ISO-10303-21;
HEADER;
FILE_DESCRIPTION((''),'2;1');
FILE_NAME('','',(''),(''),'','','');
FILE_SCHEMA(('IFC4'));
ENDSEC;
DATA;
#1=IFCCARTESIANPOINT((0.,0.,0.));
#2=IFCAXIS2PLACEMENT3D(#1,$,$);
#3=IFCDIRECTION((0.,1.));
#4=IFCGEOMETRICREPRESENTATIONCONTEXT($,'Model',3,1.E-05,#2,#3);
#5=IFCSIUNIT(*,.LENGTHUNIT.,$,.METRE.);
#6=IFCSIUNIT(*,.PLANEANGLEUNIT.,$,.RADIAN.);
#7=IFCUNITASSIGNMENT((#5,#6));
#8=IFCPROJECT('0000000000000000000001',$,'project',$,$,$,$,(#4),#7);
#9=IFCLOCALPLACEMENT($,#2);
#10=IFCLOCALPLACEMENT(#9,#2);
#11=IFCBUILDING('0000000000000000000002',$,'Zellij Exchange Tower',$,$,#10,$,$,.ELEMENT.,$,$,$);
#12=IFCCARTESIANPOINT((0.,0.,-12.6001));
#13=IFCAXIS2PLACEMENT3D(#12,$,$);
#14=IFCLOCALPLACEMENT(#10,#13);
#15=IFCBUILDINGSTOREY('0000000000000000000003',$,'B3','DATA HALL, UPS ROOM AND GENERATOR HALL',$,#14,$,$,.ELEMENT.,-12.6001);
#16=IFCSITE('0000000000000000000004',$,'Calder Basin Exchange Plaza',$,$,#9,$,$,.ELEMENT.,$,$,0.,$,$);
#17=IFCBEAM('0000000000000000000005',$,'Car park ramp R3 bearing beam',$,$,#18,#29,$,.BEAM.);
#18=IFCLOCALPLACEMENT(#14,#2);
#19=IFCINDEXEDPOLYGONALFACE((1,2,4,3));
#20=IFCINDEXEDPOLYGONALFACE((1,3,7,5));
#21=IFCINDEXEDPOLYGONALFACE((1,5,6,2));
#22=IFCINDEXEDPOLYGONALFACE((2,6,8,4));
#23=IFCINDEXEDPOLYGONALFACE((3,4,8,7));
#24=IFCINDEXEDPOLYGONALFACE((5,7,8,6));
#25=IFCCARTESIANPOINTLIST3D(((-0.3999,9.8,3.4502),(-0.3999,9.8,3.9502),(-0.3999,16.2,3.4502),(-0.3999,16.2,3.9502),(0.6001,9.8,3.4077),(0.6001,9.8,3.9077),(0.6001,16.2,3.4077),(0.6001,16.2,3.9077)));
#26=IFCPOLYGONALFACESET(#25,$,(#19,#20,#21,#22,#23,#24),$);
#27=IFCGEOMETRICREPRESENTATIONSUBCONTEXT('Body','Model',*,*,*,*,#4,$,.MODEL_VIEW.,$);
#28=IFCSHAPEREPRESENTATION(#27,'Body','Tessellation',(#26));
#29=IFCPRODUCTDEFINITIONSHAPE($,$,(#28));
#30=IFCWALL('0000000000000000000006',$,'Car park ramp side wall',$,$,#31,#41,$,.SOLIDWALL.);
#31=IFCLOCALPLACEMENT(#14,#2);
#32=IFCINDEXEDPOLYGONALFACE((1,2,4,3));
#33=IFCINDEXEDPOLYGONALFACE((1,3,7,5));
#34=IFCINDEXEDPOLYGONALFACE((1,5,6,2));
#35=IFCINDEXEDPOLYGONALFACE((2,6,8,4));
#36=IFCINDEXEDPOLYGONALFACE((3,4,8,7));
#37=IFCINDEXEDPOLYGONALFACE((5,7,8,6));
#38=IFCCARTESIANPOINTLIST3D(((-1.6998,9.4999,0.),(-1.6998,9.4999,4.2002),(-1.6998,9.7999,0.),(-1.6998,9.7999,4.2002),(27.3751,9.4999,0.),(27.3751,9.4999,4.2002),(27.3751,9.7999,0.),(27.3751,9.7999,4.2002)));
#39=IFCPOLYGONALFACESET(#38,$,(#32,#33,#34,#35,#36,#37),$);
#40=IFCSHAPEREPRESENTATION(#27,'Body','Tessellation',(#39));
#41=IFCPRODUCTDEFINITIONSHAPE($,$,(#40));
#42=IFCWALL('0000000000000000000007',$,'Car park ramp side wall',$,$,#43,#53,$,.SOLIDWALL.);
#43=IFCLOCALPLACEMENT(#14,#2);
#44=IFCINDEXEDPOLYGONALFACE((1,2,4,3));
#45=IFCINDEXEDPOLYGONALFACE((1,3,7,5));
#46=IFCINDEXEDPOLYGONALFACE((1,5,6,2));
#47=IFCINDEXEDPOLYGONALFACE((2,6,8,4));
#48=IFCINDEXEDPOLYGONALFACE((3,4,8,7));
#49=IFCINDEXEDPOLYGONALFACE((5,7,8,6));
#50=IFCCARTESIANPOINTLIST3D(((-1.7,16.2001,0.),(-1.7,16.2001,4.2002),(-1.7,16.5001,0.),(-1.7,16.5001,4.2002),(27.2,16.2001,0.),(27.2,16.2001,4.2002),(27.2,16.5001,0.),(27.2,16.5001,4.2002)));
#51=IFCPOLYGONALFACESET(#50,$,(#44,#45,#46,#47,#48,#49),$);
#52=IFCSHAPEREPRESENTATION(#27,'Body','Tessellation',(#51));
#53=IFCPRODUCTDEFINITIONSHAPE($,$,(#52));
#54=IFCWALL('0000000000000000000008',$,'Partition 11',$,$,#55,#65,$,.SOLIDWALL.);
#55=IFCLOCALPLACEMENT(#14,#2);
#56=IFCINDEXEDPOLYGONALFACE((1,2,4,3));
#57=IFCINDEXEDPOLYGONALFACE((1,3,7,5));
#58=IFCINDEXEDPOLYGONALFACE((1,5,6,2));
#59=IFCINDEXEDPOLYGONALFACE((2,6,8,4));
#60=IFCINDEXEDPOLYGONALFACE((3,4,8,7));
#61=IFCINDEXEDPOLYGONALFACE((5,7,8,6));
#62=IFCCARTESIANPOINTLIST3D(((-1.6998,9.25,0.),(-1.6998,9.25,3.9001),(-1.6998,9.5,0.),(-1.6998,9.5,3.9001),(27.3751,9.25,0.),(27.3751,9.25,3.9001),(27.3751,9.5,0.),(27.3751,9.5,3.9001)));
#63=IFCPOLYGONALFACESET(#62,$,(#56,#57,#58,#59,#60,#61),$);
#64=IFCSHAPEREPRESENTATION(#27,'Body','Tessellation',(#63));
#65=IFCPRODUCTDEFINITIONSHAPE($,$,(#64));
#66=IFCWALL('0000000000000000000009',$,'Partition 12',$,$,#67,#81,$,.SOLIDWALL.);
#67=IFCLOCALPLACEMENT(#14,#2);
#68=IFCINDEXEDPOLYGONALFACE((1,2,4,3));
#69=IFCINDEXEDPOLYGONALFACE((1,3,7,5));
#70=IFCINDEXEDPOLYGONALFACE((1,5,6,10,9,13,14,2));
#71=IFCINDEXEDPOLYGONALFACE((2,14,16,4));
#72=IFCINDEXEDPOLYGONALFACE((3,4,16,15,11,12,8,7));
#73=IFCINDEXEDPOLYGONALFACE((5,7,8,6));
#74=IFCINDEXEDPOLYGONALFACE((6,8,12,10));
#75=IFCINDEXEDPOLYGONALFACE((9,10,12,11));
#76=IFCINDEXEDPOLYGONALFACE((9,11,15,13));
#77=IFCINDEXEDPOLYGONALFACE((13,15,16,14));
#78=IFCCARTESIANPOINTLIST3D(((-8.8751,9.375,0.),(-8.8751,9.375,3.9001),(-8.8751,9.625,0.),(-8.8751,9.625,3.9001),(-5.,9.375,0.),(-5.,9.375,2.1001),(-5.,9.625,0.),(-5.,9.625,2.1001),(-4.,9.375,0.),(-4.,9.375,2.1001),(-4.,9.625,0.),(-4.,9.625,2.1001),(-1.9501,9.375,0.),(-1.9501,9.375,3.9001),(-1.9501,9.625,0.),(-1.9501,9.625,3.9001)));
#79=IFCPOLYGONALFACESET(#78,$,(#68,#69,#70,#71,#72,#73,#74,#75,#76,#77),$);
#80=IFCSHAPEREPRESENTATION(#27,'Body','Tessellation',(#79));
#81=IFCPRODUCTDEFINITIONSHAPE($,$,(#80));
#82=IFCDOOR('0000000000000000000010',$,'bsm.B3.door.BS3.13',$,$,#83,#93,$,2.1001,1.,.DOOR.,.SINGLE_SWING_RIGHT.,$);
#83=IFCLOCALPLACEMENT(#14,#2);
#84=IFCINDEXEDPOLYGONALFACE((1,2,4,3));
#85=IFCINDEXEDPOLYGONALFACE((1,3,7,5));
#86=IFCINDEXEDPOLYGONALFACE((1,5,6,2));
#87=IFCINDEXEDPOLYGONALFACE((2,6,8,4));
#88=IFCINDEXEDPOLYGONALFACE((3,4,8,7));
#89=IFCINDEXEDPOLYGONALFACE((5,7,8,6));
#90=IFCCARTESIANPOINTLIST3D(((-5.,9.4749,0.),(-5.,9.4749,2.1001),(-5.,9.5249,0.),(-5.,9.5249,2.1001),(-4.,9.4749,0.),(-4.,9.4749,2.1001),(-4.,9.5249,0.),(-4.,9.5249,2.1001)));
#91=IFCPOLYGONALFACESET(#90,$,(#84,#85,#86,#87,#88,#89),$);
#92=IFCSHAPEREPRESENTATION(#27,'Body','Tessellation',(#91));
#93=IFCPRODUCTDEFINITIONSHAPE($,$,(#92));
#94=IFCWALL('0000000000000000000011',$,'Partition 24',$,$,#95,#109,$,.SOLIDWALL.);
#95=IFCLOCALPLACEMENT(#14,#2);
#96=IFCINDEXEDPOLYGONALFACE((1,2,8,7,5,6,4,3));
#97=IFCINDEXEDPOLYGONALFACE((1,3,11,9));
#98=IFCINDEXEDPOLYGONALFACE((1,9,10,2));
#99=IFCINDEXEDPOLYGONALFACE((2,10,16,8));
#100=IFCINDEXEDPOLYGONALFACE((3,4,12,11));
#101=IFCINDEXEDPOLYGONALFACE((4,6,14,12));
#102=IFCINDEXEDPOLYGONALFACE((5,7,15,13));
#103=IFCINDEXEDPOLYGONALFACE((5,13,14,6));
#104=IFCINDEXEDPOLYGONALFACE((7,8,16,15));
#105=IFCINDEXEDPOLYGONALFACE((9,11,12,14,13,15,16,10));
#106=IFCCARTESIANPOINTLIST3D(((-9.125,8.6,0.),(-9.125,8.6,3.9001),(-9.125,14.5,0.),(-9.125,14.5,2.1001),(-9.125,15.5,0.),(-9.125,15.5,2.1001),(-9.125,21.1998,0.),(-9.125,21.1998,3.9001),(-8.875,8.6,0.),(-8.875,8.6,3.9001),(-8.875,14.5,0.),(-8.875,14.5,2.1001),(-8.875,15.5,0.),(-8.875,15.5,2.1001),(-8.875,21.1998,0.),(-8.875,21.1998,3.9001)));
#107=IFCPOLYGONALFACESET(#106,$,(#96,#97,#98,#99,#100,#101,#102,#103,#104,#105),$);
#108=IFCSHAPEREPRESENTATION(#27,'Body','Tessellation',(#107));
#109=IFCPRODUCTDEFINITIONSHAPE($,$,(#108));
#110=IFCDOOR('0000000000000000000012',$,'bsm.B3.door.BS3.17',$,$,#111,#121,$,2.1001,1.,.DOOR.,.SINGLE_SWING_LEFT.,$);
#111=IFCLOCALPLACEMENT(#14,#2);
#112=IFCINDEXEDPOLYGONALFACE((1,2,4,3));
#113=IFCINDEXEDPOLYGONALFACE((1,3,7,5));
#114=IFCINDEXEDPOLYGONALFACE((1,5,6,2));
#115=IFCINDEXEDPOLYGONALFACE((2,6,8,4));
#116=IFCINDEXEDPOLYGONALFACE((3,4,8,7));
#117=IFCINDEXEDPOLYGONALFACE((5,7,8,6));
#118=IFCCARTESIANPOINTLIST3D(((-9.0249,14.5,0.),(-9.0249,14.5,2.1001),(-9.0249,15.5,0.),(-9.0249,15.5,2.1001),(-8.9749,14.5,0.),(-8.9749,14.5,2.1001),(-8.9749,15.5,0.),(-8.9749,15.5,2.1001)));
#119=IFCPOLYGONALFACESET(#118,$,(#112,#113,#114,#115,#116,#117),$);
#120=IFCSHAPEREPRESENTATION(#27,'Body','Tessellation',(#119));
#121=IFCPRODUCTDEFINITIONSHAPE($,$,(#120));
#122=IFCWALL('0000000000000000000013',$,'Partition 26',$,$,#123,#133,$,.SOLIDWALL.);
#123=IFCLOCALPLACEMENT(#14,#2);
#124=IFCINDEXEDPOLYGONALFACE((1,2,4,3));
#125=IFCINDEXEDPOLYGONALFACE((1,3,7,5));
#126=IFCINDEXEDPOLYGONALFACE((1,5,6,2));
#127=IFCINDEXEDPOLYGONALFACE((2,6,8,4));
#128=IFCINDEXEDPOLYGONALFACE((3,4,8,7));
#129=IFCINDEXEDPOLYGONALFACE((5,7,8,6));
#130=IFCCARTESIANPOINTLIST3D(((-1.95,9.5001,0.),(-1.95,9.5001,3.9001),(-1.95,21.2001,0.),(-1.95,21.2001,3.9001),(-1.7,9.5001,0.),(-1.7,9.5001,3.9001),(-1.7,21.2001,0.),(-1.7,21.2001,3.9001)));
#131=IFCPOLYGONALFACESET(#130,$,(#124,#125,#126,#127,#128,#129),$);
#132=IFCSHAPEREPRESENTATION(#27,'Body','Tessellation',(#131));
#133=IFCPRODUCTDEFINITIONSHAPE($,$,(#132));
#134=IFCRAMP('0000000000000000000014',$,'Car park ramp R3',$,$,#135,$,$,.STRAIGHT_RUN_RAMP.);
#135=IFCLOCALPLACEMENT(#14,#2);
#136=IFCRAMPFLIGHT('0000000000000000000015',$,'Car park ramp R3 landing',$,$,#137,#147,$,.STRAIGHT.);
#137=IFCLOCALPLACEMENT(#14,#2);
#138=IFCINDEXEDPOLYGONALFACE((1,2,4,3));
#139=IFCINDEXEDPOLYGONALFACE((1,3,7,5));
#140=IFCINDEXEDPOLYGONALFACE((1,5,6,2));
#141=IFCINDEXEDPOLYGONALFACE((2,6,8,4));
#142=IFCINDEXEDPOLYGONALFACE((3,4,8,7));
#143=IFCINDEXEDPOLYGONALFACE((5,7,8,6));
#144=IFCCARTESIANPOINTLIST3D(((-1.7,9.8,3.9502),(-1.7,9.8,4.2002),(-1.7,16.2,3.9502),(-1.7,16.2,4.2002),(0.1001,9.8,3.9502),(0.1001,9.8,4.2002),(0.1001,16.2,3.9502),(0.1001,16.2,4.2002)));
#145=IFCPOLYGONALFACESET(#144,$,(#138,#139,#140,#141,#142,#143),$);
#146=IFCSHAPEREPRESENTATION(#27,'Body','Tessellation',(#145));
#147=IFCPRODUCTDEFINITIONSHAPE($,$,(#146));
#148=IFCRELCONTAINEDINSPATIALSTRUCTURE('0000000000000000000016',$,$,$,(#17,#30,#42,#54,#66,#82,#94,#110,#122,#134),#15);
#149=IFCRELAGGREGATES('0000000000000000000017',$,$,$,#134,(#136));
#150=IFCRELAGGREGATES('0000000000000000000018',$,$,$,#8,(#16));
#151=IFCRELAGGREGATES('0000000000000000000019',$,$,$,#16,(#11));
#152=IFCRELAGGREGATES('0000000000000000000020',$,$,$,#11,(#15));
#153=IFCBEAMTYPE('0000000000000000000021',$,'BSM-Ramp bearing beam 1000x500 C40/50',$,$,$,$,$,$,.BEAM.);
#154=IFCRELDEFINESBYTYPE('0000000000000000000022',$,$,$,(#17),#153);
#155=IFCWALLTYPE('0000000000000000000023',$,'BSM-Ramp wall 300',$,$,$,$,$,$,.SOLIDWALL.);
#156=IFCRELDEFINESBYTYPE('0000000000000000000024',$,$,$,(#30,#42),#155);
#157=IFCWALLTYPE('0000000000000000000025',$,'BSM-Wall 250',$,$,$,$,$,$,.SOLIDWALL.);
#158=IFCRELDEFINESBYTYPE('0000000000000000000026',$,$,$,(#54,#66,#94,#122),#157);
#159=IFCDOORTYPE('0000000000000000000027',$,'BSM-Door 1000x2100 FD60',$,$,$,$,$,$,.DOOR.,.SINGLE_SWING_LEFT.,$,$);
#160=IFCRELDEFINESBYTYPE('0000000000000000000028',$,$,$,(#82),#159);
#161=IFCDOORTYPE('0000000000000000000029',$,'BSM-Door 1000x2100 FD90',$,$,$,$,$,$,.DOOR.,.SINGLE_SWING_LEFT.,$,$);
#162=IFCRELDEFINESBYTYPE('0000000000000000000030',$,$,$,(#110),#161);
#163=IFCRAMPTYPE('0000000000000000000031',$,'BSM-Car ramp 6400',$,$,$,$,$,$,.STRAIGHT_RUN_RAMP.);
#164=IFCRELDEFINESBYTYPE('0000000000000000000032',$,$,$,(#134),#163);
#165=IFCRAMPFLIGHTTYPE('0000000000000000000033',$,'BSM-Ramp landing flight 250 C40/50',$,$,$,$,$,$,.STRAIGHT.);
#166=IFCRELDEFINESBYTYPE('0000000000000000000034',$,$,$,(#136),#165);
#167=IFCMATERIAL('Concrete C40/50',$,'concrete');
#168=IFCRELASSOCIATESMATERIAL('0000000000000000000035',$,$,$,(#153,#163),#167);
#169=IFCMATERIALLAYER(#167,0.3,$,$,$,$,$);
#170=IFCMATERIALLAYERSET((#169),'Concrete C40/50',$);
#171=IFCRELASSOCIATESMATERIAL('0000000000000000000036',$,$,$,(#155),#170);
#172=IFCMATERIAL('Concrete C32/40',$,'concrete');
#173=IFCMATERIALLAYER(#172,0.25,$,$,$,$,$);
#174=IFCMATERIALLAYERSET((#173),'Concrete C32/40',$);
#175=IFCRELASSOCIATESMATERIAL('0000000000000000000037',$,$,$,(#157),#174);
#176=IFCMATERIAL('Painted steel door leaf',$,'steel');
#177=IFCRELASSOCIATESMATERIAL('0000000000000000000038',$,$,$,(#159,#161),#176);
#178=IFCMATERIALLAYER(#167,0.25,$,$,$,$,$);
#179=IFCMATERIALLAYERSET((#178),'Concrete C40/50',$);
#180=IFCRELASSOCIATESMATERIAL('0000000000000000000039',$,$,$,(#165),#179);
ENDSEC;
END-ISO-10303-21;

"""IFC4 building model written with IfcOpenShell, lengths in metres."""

from ifc_helpers import new_model, si_unit, direction, frame, frame_2d, origin, place, context, subcontext, project, spatial, polyline, rectangle, outline, extrude, material, layer, layer_set, type_object, element, fill, aggregate, save


model = new_model("IFC4")

# Units and contexts
model_context = context("Model", 3, precision=1e-05, world=origin(), true_north=direction((0.0, 1.0)))
body_context = subcontext(model_context, "Body", "Model", "MODEL_VIEW")
ifc_project = project(units=[si_unit("LENGTHUNIT", "METRE"), si_unit("PLANEANGLEUNIT", "RADIAN")], contexts=[model_context])

# Site, building, storey
site_placement = place(None, origin())
site = spatial("IfcSite", under=ifc_project, at=site_placement, Name="Calder Basin Exchange Plaza", CompositionType="ELEMENT", RefElevation=0.0)
building_placement = place(site_placement, origin())
building = spatial("IfcBuilding", under=site, at=building_placement, Name="Zellij Exchange Tower", CompositionType="ELEMENT")
storey_placement = place(building_placement, frame((0.0, 0.0, -12.6001)))
storey = spatial("IfcBuildingStorey", under=building, at=storey_placement, Name="B3", Description="DATA HALL, UPS ROOM AND GENERATOR HALL", CompositionType="ELEMENT", Elevation=-12.6001)

# Shared definitions
ifc_material_1 = material(Name="Concrete C40/50", Category="concrete")

# Beam
beam_type = type_object("IfcBeamType", Name="BSM-Ramp bearing beam 1000x500 C40/50", PredefinedType="BEAM", material=ifc_material_1)
beam_placement = place(storey_placement, frame((-0.3999, 9.8, 3.9502), z_axis=(0.042442, 0.0, 0.999099), x_axis=(0.999099, 0.0, -0.042442)))
element("IfcBeam", 1, at=beam_placement, inside=storey, type_object=beam_type, Name="Car park ramp R3 bearing beam", PredefinedType="BEAM", context=body_context, shape_type="SweptSolid", body=[
    extrude(outline(polyline([(0.0, 0.0), (1.0009, 0.0), (1.0009, 6.3999), (0.0, 6.3999), (0.0, 0.0)])), origin(), (0.042442, 0.0, -0.999099), 0.5),
])

# Walls
ifc_layer_1 = layer(ifc_material_1, 0.3)
ifc_layer_set_1 = layer_set([ifc_layer_1], Name="Concrete C40/50")
wall_type_1 = type_object("IfcWallType", Name="BSM-Ramp wall 300", PredefinedType="SOLIDWALL", material=ifc_layer_set_1)
wall_1_placement = place(storey_placement, frame((-1.7, 9.6499, 0.0), z_axis=(0.0, 0.0, 1.0), x_axis=(1.0, 0.0, 0.0)))
element("IfcWall", 2, at=wall_1_placement, inside=storey, type_object=wall_type_1, Name="Car park ramp side wall", PredefinedType="SOLIDWALL", context=body_context, shape_type="SweptSolid", body=[
    extrude(rectangle(XDim=29.075, YDim=0.3, at=frame_2d((14.5376, 0.0))), origin(), (0.0, 0.0, 1.0), 4.2002),
])
wall_2_placement = place(storey_placement, frame((-1.7, 16.3501, 0.0), z_axis=(0.0, 0.0, 1.0), x_axis=(1.0, 0.0, 0.0)))
element("IfcWall", 3, at=wall_2_placement, inside=storey, type_object=wall_type_1, Name="Car park ramp side wall", PredefinedType="SOLIDWALL", context=body_context, shape_type="SweptSolid", body=[
    extrude(rectangle(XDim=28.8999, YDim=0.3, at=frame_2d((14.45, 0.0))), origin(), (0.0, 0.0, 1.0), 4.2002),
])
ifc_material_2 = material(Name="Concrete C32/40", Category="concrete")
ifc_layer_2 = layer(ifc_material_2, 0.25)
ifc_layer_set_2 = layer_set([ifc_layer_2], Name="Concrete C32/40")
wall_type_2 = type_object("IfcWallType", Name="BSM-Wall 250", PredefinedType="SOLIDWALL", material=ifc_layer_set_2)
wall_3_placement = place(storey_placement, frame((-1.7, 9.375, 0.0), z_axis=(0.0, 0.0, 1.0), x_axis=(1.0, 0.0, 0.0)))
element("IfcWall", 4, at=wall_3_placement, inside=storey, type_object=wall_type_2, Name="Partition 11", PredefinedType="SOLIDWALL", context=body_context, shape_type="SweptSolid", body=[
    extrude(rectangle(XDim=29.075, YDim=0.25, at=frame_2d((14.5376, 0.0))), origin(), (0.0, 0.0, 1.0), 3.9001),
])

# Walls, openings, doors
wall_4_placement = place(storey_placement, frame((-8.875, 9.5, 0.0), z_axis=(0.0, 0.0, 1.0), x_axis=(1.0, 0.0, 0.0)))
wall_4 = element("IfcWall", 5, at=wall_4_placement, inside=storey, type_object=wall_type_2, Name="Partition 12", PredefinedType="SOLIDWALL", context=body_context, shape_type="SweptSolid", body=[
    extrude(rectangle(XDim=6.925, YDim=0.25, at=frame_2d((3.4624, 0.0))), origin(), (0.0, 0.0, 1.0), 3.9001),
])
opening_1_placement = place(wall_4_placement, frame((3.875, 0.0, 0.0)))
opening_1 = element("IfcOpeningElement", 6, at=opening_1_placement, cuts=wall_4, PredefinedType="OPENING", context=body_context, shape_type="SweptSolid", body=[
    extrude(rectangle(XDim=1.0, YDim=2.1001, at=frame_2d((0.5, 1.05))), frame((0.0, 0.137, 0.0), z_axis=(0.0, -1.0, 0.0), x_axis=(1.0, 0.0, 0.0)), (0.0, 0.0, 1.0), 0.2739),
])
ifc_material_3 = material(Name="Painted steel door leaf", Category="steel")
door_type_1 = type_object("IfcDoorType", Name="BSM-Door 1000x2100 FD60", OperationType="SINGLE_SWING_LEFT", PredefinedType="DOOR", material=ifc_material_3)
door_1_placement = place(opening_1_placement, origin())
door_1 = element("IfcDoor", 7, at=door_1_placement, inside=storey, type_object=door_type_1, Name="bsm.B3.door.BS3.13", OperationType="SINGLE_SWING_RIGHT", OverallHeight=2.1001, OverallWidth=1.0, PredefinedType="DOOR", context=body_context, shape_type="SweptSolid", body=[
    extrude(rectangle(XDim=1.0, YDim=2.1001, at=frame_2d((0.5, 1.05))), frame((0.0, 0.0249, 0.0), z_axis=(0.0, -1.0, 0.0), x_axis=(1.0, 0.0, 0.0)), (0.0, 0.0, 1.0), 0.05),
])
fill(opening_1, door_1)
wall_5_placement = place(storey_placement, frame((-9.0, 8.6001, 0.0), z_axis=(0.0, 0.0, 1.0), x_axis=(0.0, 1.0, 0.0)))
wall_5 = element("IfcWall", 8, at=wall_5_placement, inside=storey, type_object=wall_type_2, Name="Partition 24", PredefinedType="SOLIDWALL", context=body_context, shape_type="SweptSolid", body=[
    extrude(rectangle(XDim=12.5999, YDim=0.25, at=frame_2d((6.2998, 0.0))), origin(), (0.0, 0.0, 1.0), 3.9001),
])
opening_2_placement = place(wall_5_placement, frame((5.8999, 0.0, 0.0)))
opening_2 = element("IfcOpeningElement", 9, at=opening_2_placement, cuts=wall_5, PredefinedType="OPENING", context=body_context, shape_type="SweptSolid", body=[
    extrude(rectangle(XDim=1.0, YDim=2.1001, at=frame_2d((0.5, 1.05))), frame((0.0, 0.137, 0.0), z_axis=(0.0, -1.0, 0.0), x_axis=(1.0, 0.0, 0.0)), (0.0, 0.0, 1.0), 0.2739),
])
door_type_2 = type_object("IfcDoorType", Name="BSM-Door 1000x2100 FD90", OperationType="SINGLE_SWING_LEFT", PredefinedType="DOOR", material=ifc_material_3)
door_2_placement = place(opening_2_placement, origin())
door_2 = element("IfcDoor", 10, at=door_2_placement, inside=storey, type_object=door_type_2, Name="bsm.B3.door.BS3.17", OperationType="SINGLE_SWING_LEFT", OverallHeight=2.1001, OverallWidth=1.0, PredefinedType="DOOR", context=body_context, shape_type="SweptSolid", body=[
    extrude(rectangle(XDim=1.0, YDim=2.1001, at=frame_2d((0.5, 1.05))), frame((0.0, 0.0249, 0.0), z_axis=(0.0, -1.0, 0.0), x_axis=(1.0, 0.0, 0.0)), (0.0, 0.0, 1.0), 0.05),
])
fill(opening_2, door_2)

# Wall
wall_6_placement = place(storey_placement, frame((-1.825, 9.5, 0.0), z_axis=(0.0, 0.0, 1.0), x_axis=(0.0, 1.0, 0.0)))
element("IfcWall", 11, at=wall_6_placement, inside=storey, type_object=wall_type_2, Name="Partition 26", PredefinedType="SOLIDWALL", context=body_context, shape_type="SweptSolid", body=[
    extrude(rectangle(XDim=11.7, YDim=0.25, at=frame_2d((5.8501, 0.0))), origin(), (0.0, 0.0, 1.0), 3.9001),
])

# Ramp, ramp flight
ramp_type = type_object("IfcRampType", Name="BSM-Car ramp 6400", PredefinedType="STRAIGHT_RUN_RAMP", material=ifc_material_1)
ramp_placement = place(storey_placement, origin())
ramp = element("IfcRamp", 12, at=ramp_placement, inside=storey, type_object=ramp_type, Name="Car park ramp R3", PredefinedType="STRAIGHT_RUN_RAMP")
ifc_layer_3 = layer(ifc_material_1, 0.25)
ifc_layer_set_3 = layer_set([ifc_layer_3], Name="Concrete C40/50")
ramp_flight_type = type_object("IfcRampFlightType", Name="BSM-Ramp landing flight 250 C40/50", PredefinedType="STRAIGHT", material=ifc_layer_set_3)
ramp_flight_placement = place(storey_placement, frame((-1.7, 9.8, 4.2002), z_axis=(0.0, 0.0, 1.0), x_axis=(1.0, 0.0, 0.0)))
ramp_flight = element("IfcRampFlight", 13, at=ramp_flight_placement, type_object=ramp_flight_type, Name="Car park ramp R3 landing", PredefinedType="STRAIGHT", context=body_context, shape_type="SweptSolid", body=[
    extrude(outline(polyline([(0.0, 0.0), (1.8, 0.0), (1.8, 6.3999), (0.0, 6.3999), (0.0, 0.0)])), origin(), (0.0, 0.0, -1.0), 0.25),
])
aggregate(ramp, [ramp_flight])

save(model, "model.ifc")
